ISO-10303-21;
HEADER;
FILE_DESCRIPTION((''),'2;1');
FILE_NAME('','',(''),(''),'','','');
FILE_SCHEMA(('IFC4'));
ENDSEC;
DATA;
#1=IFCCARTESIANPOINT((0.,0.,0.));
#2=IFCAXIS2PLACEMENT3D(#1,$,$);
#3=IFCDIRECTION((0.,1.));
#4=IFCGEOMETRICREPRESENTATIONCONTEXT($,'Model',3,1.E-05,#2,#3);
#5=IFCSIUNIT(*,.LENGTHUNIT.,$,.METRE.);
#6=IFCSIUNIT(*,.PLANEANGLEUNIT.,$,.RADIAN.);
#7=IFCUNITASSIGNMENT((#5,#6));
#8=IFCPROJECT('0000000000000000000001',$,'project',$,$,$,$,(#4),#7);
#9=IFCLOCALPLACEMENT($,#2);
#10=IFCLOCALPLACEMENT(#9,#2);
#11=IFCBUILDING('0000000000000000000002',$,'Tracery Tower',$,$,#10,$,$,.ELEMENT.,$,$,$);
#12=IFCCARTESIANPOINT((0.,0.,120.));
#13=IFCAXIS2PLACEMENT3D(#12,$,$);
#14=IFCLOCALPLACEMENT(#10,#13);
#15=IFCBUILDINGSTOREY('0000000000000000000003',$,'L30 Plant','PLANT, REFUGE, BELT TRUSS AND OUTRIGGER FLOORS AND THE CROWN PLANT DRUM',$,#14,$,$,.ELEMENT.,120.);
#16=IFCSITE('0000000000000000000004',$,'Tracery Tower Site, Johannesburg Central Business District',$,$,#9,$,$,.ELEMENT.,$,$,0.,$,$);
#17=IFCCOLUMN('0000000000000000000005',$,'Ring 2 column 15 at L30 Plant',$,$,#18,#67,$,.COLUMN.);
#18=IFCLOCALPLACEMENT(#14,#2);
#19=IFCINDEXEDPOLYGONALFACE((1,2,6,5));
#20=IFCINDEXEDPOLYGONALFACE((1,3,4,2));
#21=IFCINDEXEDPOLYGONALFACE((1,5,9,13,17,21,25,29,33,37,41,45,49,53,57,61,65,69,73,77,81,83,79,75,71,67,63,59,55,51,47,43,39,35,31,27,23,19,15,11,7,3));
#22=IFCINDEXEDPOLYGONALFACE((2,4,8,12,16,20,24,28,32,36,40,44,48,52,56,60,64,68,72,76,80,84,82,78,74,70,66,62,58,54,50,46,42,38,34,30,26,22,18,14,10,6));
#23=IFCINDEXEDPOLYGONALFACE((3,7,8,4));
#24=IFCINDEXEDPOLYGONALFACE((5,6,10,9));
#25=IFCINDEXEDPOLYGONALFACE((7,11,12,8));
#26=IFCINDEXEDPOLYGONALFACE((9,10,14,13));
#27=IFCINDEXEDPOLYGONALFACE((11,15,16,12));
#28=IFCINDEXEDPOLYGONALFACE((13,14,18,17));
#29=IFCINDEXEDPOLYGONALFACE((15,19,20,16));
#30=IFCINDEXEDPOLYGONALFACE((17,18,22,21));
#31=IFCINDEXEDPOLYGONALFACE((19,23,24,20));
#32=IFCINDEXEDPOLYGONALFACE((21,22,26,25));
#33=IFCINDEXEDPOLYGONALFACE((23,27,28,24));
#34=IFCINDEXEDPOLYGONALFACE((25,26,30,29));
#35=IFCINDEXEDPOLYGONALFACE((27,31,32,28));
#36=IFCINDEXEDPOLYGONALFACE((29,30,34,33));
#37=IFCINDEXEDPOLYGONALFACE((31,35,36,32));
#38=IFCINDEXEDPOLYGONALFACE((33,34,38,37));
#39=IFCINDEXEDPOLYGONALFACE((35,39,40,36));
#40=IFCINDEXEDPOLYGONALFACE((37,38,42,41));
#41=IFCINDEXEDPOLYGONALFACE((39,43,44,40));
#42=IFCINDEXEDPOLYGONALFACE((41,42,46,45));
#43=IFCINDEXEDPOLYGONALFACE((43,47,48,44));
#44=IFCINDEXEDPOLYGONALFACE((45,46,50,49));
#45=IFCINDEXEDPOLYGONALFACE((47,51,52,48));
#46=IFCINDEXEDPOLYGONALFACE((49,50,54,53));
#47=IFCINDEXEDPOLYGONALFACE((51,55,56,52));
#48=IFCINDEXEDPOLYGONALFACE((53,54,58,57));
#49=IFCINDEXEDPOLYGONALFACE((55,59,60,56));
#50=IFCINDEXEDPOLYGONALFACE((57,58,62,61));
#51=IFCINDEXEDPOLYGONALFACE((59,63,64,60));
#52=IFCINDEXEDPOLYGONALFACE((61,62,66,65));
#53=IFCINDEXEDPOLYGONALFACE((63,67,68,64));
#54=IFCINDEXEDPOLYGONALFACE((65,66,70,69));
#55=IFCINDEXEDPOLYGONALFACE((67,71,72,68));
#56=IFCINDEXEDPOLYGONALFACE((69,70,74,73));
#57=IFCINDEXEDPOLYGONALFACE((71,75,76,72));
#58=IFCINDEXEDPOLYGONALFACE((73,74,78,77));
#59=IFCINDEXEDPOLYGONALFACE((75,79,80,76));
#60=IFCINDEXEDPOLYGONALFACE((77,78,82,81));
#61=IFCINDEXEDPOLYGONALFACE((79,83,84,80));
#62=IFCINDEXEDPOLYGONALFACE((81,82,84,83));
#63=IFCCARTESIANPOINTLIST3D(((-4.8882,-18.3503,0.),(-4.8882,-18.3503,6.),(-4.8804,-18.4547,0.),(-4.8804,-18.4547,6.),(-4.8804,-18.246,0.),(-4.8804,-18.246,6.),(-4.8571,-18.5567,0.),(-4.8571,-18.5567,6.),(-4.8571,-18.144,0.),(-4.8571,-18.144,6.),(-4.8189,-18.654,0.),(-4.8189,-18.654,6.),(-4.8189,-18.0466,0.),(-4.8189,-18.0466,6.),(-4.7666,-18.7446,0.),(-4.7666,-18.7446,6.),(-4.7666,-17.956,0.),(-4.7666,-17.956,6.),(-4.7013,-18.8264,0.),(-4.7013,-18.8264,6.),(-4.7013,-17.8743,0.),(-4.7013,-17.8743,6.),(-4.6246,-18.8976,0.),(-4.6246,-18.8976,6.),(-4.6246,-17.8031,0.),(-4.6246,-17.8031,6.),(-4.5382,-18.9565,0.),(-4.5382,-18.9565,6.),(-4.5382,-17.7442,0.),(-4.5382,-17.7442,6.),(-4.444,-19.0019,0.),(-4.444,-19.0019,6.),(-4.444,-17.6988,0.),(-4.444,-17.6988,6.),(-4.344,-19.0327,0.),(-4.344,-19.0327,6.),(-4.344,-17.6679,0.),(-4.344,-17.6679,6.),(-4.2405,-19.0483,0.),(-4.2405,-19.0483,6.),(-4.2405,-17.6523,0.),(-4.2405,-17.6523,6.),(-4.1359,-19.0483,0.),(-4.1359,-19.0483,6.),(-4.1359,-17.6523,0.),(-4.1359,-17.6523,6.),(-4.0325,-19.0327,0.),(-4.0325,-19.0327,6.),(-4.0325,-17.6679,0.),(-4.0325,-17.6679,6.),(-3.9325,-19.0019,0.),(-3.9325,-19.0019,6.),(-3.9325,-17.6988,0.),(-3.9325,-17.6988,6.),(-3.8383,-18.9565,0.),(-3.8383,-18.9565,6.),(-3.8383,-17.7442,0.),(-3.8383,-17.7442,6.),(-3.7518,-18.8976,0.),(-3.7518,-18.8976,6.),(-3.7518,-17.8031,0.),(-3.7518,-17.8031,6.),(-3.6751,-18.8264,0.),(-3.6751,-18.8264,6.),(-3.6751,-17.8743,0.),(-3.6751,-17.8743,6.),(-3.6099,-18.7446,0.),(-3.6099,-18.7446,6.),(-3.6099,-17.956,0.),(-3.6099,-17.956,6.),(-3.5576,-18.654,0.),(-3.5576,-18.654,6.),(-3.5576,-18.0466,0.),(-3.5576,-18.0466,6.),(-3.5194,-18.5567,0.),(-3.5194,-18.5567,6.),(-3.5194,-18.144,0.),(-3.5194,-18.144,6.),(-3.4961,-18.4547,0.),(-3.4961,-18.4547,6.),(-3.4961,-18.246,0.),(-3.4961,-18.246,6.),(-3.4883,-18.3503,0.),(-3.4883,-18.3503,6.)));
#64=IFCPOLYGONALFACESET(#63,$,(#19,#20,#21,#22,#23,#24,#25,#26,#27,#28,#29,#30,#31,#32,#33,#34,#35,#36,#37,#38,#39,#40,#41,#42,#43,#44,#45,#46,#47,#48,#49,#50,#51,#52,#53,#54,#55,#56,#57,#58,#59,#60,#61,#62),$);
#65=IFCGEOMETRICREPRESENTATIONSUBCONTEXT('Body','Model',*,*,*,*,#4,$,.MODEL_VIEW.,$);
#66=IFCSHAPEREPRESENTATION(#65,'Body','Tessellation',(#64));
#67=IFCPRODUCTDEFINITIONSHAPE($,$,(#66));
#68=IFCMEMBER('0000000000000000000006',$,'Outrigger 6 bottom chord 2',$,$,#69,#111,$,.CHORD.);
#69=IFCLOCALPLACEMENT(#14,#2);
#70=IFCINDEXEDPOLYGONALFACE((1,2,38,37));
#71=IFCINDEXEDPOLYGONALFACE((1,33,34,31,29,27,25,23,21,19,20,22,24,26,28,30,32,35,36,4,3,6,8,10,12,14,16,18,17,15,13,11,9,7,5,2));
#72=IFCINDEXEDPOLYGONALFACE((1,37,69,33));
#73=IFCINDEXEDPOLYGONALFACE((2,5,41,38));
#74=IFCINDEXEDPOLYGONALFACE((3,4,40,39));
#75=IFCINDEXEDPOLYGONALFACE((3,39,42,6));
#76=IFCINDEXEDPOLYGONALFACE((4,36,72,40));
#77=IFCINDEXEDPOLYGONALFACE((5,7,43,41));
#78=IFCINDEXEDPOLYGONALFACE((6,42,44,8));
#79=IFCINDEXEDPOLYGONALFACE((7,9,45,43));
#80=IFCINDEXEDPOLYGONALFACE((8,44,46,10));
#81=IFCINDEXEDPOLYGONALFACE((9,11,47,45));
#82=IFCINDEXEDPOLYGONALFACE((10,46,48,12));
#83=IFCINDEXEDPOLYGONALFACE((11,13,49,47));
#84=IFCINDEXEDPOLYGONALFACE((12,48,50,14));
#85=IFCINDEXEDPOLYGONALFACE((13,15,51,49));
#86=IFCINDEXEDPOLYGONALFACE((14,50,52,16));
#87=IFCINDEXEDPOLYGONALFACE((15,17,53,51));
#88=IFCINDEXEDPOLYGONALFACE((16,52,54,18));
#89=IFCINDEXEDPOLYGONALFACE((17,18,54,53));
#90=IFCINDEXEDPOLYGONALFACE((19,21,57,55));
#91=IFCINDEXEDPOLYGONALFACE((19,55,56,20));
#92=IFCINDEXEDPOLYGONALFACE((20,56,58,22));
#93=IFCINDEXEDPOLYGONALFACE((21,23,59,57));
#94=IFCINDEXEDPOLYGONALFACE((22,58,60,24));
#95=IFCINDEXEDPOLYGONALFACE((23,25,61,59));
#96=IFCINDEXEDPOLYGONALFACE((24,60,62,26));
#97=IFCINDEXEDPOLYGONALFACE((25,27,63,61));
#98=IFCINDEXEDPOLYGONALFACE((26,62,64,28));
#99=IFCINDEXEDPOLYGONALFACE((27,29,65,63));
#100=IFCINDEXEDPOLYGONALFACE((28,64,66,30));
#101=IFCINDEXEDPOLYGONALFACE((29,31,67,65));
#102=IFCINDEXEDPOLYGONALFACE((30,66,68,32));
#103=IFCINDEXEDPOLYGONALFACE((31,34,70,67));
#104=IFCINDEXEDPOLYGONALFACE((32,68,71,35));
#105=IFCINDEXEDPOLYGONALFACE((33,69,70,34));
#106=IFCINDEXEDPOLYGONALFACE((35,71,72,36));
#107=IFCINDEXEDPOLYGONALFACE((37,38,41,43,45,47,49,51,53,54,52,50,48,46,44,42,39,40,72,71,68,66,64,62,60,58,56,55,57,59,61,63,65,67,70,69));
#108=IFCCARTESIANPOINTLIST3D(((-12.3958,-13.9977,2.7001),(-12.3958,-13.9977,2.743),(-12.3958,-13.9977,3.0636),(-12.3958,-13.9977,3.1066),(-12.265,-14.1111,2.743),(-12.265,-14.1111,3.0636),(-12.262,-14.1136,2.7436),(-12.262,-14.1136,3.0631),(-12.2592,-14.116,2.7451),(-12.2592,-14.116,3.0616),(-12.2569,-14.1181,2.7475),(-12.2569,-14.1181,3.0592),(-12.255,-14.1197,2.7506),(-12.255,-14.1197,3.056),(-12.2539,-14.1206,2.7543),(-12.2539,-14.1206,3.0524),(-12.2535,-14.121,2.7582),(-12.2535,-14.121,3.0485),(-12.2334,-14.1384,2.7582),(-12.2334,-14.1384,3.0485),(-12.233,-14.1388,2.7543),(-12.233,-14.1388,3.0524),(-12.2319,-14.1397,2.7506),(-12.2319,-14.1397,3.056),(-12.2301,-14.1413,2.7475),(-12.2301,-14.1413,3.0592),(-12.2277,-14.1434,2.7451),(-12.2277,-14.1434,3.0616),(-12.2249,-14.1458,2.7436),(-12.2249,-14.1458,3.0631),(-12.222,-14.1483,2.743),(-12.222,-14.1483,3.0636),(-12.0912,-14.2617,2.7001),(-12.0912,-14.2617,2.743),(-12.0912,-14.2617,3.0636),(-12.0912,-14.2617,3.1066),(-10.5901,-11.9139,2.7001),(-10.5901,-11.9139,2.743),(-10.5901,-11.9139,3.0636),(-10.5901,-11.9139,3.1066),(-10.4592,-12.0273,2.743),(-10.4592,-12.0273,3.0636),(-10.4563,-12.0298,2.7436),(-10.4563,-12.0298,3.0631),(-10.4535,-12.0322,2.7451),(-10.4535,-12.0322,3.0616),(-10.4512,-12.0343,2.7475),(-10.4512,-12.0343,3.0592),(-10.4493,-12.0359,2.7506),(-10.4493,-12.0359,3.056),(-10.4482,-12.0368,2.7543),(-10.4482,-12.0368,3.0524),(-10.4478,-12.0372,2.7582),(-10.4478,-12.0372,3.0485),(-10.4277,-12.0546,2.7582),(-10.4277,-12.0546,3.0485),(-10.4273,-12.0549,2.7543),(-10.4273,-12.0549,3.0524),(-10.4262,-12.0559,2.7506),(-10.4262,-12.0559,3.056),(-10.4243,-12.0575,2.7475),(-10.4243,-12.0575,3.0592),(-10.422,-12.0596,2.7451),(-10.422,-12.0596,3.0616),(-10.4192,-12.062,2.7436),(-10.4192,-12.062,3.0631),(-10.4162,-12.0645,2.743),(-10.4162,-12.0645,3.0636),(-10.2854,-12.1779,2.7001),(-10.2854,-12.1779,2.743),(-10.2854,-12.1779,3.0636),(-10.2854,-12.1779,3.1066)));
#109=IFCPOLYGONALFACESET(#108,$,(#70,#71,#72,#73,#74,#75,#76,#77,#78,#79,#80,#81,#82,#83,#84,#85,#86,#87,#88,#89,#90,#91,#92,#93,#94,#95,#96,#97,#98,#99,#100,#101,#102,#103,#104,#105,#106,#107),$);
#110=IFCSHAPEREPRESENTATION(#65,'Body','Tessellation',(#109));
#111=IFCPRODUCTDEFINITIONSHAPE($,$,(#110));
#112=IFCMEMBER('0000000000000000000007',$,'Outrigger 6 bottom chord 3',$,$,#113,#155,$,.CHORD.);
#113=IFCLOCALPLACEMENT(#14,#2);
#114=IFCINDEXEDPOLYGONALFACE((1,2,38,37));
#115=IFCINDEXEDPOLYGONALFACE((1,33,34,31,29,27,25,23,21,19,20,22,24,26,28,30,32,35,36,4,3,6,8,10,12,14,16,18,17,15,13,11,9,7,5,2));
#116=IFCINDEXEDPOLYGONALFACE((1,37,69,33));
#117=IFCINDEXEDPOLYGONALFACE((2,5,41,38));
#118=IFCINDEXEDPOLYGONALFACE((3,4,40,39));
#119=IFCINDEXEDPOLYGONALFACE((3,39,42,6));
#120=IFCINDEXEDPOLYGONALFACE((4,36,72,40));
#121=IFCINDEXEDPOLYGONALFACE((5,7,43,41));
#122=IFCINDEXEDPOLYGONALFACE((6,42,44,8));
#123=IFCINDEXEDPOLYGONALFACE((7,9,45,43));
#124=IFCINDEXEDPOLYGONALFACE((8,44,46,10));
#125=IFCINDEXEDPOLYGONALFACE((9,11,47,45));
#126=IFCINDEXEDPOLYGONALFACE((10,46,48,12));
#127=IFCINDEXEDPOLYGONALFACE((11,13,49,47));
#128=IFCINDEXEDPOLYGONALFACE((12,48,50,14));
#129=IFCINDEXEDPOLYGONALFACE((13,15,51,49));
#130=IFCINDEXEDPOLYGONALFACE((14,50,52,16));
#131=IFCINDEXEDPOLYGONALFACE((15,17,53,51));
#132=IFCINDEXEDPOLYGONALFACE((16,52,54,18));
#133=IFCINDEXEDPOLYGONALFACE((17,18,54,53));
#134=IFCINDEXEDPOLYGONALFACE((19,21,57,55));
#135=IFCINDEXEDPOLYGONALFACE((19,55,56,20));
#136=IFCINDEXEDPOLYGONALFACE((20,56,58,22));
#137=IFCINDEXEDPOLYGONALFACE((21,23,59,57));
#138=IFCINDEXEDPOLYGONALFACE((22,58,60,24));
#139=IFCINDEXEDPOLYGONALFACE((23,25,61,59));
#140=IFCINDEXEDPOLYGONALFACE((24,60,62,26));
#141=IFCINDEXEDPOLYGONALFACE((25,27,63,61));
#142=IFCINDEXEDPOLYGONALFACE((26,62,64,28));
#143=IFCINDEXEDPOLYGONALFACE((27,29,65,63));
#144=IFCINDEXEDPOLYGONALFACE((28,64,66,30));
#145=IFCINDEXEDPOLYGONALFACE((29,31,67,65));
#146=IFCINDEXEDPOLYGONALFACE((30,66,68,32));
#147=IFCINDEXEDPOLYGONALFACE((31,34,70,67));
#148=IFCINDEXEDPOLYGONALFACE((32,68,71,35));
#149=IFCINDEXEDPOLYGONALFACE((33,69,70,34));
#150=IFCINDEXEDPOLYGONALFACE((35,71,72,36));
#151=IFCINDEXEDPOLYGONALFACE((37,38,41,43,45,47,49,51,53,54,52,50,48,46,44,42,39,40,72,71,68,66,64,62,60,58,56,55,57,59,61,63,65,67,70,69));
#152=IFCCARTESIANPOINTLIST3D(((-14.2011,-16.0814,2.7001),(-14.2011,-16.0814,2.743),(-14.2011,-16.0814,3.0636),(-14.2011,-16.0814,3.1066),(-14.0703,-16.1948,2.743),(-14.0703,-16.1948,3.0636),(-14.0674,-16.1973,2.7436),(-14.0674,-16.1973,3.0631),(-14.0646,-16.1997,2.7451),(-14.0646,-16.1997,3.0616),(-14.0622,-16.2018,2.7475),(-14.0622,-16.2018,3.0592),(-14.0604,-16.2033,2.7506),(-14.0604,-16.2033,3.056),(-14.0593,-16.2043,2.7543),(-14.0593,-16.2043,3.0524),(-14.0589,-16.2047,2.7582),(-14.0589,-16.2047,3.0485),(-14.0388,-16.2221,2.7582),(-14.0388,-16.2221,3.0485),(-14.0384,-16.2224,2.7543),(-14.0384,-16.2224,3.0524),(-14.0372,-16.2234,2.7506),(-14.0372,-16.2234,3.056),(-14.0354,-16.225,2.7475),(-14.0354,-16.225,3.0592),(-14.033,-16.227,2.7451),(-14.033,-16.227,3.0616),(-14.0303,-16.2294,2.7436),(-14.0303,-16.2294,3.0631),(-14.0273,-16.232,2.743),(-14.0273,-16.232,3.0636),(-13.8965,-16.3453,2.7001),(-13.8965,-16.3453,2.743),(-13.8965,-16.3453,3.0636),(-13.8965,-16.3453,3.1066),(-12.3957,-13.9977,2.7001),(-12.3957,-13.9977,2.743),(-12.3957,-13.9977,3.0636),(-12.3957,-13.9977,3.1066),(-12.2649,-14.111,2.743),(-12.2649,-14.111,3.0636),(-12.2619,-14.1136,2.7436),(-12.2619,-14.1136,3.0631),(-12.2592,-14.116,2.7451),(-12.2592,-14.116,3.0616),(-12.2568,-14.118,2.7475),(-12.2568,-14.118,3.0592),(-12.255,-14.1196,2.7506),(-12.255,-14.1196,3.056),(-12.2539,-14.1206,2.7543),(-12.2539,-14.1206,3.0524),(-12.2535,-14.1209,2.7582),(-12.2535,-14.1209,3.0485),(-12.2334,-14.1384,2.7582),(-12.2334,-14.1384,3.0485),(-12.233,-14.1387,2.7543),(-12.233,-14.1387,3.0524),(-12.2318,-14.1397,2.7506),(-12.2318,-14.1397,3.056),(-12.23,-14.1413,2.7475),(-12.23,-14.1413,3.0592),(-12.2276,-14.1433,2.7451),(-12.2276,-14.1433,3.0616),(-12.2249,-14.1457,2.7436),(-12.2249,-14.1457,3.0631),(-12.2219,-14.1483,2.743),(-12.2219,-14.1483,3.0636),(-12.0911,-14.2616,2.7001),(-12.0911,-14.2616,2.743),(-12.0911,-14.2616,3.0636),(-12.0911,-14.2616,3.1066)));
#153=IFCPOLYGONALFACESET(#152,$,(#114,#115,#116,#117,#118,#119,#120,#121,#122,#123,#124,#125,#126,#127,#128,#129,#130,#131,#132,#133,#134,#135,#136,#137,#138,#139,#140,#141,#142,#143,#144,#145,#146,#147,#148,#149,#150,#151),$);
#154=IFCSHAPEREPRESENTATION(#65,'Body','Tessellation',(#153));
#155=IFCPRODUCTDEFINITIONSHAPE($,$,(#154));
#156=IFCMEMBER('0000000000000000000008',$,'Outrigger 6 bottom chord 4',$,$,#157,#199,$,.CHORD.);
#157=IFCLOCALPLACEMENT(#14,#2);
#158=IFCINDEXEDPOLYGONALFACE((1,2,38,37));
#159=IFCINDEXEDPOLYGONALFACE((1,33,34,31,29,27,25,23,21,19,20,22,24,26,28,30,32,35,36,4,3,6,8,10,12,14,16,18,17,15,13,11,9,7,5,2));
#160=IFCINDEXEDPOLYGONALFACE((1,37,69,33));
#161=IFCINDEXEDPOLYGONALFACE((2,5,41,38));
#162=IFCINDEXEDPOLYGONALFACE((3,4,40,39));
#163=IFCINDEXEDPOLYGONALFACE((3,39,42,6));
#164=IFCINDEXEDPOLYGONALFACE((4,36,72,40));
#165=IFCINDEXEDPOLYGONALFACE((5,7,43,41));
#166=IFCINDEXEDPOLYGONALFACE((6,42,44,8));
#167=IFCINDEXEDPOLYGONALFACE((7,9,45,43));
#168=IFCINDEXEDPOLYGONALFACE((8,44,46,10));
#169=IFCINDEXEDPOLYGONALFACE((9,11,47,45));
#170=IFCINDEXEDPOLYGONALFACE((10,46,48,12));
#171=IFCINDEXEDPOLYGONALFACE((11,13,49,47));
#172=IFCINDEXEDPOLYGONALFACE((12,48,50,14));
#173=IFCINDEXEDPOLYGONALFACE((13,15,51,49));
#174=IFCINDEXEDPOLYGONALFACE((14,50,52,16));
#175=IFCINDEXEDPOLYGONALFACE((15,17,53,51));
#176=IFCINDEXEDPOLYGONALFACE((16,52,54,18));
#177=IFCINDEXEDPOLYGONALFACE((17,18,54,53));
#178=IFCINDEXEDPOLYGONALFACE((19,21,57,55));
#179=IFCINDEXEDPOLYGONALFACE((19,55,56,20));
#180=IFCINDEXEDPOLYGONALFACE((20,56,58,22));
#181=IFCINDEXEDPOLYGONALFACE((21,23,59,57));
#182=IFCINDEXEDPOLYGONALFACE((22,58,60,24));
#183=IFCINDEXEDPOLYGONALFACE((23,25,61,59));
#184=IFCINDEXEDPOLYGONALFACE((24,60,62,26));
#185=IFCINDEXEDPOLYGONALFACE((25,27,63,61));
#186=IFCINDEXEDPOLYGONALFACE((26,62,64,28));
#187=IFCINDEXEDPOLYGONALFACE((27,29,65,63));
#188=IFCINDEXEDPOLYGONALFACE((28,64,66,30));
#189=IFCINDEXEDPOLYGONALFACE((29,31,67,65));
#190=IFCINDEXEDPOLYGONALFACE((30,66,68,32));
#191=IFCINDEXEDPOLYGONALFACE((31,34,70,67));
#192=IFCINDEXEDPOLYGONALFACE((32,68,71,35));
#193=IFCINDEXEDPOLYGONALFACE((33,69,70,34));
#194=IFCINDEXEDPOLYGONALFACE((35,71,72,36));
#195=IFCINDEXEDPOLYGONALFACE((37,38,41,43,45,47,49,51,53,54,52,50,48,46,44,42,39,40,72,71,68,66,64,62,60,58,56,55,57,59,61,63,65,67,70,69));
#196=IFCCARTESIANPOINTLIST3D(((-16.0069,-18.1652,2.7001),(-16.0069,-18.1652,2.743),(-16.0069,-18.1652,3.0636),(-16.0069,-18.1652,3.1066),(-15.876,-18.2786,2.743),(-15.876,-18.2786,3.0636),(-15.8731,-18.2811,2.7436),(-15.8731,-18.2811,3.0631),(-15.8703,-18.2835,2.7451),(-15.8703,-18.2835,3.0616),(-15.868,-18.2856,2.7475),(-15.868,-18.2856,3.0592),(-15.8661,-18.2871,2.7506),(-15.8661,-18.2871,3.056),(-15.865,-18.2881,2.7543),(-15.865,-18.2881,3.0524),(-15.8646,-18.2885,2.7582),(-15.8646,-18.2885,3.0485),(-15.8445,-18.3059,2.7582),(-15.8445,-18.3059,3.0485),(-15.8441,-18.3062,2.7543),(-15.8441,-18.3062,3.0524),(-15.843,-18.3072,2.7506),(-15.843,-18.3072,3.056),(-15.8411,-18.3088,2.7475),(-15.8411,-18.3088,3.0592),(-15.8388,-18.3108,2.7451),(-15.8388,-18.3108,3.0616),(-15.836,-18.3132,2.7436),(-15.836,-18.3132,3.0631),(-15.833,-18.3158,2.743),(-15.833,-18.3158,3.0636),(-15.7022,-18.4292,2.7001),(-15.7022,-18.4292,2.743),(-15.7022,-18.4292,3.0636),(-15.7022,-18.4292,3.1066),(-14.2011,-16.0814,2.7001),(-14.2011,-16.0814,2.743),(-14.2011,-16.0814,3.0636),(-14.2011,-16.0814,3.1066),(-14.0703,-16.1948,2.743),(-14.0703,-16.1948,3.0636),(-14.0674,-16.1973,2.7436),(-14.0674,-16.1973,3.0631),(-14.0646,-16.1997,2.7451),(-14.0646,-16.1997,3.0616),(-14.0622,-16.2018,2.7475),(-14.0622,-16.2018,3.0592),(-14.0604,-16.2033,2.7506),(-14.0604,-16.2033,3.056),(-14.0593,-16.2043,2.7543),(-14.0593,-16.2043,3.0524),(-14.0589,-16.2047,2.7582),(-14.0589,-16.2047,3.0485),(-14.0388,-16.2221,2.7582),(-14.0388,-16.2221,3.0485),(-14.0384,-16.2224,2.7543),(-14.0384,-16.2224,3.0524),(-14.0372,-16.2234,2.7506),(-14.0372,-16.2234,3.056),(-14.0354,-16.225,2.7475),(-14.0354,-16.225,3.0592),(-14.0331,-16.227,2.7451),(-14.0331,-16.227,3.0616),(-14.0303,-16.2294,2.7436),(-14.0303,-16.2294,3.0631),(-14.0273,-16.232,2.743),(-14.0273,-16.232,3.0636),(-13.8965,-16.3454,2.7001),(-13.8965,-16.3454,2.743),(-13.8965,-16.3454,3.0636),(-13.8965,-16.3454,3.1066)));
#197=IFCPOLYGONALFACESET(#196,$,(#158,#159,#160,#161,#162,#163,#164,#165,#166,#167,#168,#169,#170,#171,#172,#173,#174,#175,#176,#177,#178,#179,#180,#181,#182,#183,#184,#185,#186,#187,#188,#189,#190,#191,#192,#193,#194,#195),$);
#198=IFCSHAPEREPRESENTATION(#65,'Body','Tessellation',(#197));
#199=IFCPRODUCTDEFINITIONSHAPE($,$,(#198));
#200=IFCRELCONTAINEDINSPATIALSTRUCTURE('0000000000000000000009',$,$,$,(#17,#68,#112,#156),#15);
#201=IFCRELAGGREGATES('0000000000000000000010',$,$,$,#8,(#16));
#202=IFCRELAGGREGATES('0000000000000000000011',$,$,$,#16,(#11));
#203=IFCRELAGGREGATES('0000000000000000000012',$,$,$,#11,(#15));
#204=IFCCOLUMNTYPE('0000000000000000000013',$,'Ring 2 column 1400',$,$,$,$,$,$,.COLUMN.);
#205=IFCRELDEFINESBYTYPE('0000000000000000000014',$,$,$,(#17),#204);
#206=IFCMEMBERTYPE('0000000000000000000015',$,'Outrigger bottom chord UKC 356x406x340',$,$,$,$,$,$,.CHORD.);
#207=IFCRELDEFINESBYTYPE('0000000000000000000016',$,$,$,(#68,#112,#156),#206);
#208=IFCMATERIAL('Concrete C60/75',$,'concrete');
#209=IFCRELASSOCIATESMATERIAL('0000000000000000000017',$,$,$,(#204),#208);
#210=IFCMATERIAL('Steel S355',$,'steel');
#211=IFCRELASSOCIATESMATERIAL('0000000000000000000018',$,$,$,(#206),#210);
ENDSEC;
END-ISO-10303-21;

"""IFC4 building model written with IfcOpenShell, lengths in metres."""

from ifc_helpers import new_model, si_unit, direction, frame, origin, origin_2d, place, context, subcontext, project, spatial, circle, i_section, extrude, material, material_profile, profile_set, type_object, element, save


model = new_model("IFC4")

# Units and contexts
model_context = context("Model", 3, precision=1e-05, world=origin(), true_north=direction((0.0, 1.0)))
body_context = subcontext(model_context, "Body", "Model", "MODEL_VIEW")
ifc_project = project(units=[si_unit("LENGTHUNIT", "METRE"), si_unit("PLANEANGLEUNIT", "RADIAN")], contexts=[model_context])

# Site, building, storey
site_placement = place(None, origin())
site = spatial("IfcSite", under=ifc_project, at=site_placement, Name="Tracery Tower Site, Johannesburg Central Business District", CompositionType="ELEMENT", RefElevation=0.0)
building_placement = place(site_placement, origin())
building = spatial("IfcBuilding", under=site, at=building_placement, Name="Tracery Tower", CompositionType="ELEMENT")
storey_placement = place(building_placement, frame((0.0, 0.0, 120.0)))
storey = spatial("IfcBuildingStorey", under=building, at=storey_placement, Name="L30 Plant", Description="PLANT, REFUGE, BELT TRUSS AND OUTRIGGER FLOORS AND THE CROWN PLANT DRUM", CompositionType="ELEMENT", Elevation=120.0)

# Column
ifc_material_1 = material(Name="Concrete C60/75", Category="concrete")
ifc_material_profile_1 = material_profile(ifc_material_1, circle(Radius=0.7, at=origin_2d()), Name="RC D1400")
ifc_profile_set_1 = profile_set([ifc_material_profile_1], Name="Concrete C60/75")
column_type_1 = type_object("IfcColumnType", Name="Ring 2 column 1400", PredefinedType="COLUMN", material=ifc_profile_set_1)
for number, where, z_axis, x_axis, name in (
    (1, (-4.1882, -18.3503, 0.0), (0.0, 0.0, 1.0), (1.0, 0.0, 0.0), "Ring 2 column 15 at L30 Plant"),
):
    element("IfcColumn", number, at=place(storey_placement, frame(where, z_axis=z_axis, x_axis=x_axis)), inside=storey, type_object=column_type_1, Name=name, PredefinedType="COLUMN", context=body_context, shape_type="SweptSolid", body=[
        extrude(circle(Radius=0.7, at=origin_2d()), origin(), (0.0, 0.0, 1.0), 6.0),
    ])

# Members
ifc_material_2 = material(Name="Steel S355", Category="steel")
ifc_material_profile_2 = material_profile(ifc_material_2, i_section(OverallWidth=0.4031, OverallDepth=0.4065, WebThickness=0.0266, FlangeThickness=0.043, FilletRadius=0.0151, at=origin_2d()), Name="UKC 356x406x340")
ifc_profile_set_2 = profile_set([ifc_material_profile_2], Name="Steel S355")
member_type_1 = type_object("IfcMemberType", Name="Outrigger bottom chord UKC 356x406x340", PredefinedType="CHORD", material=ifc_profile_set_2)
member_1_placement = place(storey_placement, frame((-10.4377, -12.0459, 2.9033), z_axis=(-0.65488, -0.755733, 0.0), x_axis=(0.755733, -0.65488, 0.0)))
element("IfcMember", 2, at=member_1_placement, inside=storey, type_object=member_type_1, Name="Outrigger 6 bottom chord 2", PredefinedType="CHORD", context=body_context, shape_type="SweptSolid", body=[
    extrude(i_section(OverallWidth=0.4031, OverallDepth=0.4065, WebThickness=0.0266, FlangeThickness=0.043, FilletRadius=0.0151, at=origin_2d()), origin(), (0.0, 0.0, 1.0), 2.7573),
])
member_2_placement = place(storey_placement, frame((-12.2434, -14.1296, 2.9033), z_axis=(-0.654829, -0.755777, 0.0), x_axis=(0.755777, -0.654829, 0.0)))
element("IfcMember", 3, at=member_2_placement, inside=storey, type_object=member_type_1, Name="Outrigger 6 bottom chord 3", PredefinedType="CHORD", context=body_context, shape_type="SweptSolid", body=[
    extrude(i_section(OverallWidth=0.4031, OverallDepth=0.4065, WebThickness=0.0266, FlangeThickness=0.043, FilletRadius=0.0151, at=origin_2d()), origin(), (0.0, 0.0, 1.0), 2.7571),
])
member_3_placement = place(storey_placement, frame((-14.0488, -16.2134, 2.9033), z_axis=(-0.65488, -0.755733, 0.0), x_axis=(0.755733, -0.65488, 0.0)))
element("IfcMember", 4, at=member_3_placement, inside=storey, type_object=member_type_1, Name="Outrigger 6 bottom chord 4", PredefinedType="CHORD", context=body_context, shape_type="SweptSolid", body=[
    extrude(i_section(OverallWidth=0.4031, OverallDepth=0.4065, WebThickness=0.0266, FlangeThickness=0.043, FilletRadius=0.0151, at=origin_2d()), origin(), (0.0, 0.0, 1.0), 2.7573),
])

save(model, "model.ifc")
